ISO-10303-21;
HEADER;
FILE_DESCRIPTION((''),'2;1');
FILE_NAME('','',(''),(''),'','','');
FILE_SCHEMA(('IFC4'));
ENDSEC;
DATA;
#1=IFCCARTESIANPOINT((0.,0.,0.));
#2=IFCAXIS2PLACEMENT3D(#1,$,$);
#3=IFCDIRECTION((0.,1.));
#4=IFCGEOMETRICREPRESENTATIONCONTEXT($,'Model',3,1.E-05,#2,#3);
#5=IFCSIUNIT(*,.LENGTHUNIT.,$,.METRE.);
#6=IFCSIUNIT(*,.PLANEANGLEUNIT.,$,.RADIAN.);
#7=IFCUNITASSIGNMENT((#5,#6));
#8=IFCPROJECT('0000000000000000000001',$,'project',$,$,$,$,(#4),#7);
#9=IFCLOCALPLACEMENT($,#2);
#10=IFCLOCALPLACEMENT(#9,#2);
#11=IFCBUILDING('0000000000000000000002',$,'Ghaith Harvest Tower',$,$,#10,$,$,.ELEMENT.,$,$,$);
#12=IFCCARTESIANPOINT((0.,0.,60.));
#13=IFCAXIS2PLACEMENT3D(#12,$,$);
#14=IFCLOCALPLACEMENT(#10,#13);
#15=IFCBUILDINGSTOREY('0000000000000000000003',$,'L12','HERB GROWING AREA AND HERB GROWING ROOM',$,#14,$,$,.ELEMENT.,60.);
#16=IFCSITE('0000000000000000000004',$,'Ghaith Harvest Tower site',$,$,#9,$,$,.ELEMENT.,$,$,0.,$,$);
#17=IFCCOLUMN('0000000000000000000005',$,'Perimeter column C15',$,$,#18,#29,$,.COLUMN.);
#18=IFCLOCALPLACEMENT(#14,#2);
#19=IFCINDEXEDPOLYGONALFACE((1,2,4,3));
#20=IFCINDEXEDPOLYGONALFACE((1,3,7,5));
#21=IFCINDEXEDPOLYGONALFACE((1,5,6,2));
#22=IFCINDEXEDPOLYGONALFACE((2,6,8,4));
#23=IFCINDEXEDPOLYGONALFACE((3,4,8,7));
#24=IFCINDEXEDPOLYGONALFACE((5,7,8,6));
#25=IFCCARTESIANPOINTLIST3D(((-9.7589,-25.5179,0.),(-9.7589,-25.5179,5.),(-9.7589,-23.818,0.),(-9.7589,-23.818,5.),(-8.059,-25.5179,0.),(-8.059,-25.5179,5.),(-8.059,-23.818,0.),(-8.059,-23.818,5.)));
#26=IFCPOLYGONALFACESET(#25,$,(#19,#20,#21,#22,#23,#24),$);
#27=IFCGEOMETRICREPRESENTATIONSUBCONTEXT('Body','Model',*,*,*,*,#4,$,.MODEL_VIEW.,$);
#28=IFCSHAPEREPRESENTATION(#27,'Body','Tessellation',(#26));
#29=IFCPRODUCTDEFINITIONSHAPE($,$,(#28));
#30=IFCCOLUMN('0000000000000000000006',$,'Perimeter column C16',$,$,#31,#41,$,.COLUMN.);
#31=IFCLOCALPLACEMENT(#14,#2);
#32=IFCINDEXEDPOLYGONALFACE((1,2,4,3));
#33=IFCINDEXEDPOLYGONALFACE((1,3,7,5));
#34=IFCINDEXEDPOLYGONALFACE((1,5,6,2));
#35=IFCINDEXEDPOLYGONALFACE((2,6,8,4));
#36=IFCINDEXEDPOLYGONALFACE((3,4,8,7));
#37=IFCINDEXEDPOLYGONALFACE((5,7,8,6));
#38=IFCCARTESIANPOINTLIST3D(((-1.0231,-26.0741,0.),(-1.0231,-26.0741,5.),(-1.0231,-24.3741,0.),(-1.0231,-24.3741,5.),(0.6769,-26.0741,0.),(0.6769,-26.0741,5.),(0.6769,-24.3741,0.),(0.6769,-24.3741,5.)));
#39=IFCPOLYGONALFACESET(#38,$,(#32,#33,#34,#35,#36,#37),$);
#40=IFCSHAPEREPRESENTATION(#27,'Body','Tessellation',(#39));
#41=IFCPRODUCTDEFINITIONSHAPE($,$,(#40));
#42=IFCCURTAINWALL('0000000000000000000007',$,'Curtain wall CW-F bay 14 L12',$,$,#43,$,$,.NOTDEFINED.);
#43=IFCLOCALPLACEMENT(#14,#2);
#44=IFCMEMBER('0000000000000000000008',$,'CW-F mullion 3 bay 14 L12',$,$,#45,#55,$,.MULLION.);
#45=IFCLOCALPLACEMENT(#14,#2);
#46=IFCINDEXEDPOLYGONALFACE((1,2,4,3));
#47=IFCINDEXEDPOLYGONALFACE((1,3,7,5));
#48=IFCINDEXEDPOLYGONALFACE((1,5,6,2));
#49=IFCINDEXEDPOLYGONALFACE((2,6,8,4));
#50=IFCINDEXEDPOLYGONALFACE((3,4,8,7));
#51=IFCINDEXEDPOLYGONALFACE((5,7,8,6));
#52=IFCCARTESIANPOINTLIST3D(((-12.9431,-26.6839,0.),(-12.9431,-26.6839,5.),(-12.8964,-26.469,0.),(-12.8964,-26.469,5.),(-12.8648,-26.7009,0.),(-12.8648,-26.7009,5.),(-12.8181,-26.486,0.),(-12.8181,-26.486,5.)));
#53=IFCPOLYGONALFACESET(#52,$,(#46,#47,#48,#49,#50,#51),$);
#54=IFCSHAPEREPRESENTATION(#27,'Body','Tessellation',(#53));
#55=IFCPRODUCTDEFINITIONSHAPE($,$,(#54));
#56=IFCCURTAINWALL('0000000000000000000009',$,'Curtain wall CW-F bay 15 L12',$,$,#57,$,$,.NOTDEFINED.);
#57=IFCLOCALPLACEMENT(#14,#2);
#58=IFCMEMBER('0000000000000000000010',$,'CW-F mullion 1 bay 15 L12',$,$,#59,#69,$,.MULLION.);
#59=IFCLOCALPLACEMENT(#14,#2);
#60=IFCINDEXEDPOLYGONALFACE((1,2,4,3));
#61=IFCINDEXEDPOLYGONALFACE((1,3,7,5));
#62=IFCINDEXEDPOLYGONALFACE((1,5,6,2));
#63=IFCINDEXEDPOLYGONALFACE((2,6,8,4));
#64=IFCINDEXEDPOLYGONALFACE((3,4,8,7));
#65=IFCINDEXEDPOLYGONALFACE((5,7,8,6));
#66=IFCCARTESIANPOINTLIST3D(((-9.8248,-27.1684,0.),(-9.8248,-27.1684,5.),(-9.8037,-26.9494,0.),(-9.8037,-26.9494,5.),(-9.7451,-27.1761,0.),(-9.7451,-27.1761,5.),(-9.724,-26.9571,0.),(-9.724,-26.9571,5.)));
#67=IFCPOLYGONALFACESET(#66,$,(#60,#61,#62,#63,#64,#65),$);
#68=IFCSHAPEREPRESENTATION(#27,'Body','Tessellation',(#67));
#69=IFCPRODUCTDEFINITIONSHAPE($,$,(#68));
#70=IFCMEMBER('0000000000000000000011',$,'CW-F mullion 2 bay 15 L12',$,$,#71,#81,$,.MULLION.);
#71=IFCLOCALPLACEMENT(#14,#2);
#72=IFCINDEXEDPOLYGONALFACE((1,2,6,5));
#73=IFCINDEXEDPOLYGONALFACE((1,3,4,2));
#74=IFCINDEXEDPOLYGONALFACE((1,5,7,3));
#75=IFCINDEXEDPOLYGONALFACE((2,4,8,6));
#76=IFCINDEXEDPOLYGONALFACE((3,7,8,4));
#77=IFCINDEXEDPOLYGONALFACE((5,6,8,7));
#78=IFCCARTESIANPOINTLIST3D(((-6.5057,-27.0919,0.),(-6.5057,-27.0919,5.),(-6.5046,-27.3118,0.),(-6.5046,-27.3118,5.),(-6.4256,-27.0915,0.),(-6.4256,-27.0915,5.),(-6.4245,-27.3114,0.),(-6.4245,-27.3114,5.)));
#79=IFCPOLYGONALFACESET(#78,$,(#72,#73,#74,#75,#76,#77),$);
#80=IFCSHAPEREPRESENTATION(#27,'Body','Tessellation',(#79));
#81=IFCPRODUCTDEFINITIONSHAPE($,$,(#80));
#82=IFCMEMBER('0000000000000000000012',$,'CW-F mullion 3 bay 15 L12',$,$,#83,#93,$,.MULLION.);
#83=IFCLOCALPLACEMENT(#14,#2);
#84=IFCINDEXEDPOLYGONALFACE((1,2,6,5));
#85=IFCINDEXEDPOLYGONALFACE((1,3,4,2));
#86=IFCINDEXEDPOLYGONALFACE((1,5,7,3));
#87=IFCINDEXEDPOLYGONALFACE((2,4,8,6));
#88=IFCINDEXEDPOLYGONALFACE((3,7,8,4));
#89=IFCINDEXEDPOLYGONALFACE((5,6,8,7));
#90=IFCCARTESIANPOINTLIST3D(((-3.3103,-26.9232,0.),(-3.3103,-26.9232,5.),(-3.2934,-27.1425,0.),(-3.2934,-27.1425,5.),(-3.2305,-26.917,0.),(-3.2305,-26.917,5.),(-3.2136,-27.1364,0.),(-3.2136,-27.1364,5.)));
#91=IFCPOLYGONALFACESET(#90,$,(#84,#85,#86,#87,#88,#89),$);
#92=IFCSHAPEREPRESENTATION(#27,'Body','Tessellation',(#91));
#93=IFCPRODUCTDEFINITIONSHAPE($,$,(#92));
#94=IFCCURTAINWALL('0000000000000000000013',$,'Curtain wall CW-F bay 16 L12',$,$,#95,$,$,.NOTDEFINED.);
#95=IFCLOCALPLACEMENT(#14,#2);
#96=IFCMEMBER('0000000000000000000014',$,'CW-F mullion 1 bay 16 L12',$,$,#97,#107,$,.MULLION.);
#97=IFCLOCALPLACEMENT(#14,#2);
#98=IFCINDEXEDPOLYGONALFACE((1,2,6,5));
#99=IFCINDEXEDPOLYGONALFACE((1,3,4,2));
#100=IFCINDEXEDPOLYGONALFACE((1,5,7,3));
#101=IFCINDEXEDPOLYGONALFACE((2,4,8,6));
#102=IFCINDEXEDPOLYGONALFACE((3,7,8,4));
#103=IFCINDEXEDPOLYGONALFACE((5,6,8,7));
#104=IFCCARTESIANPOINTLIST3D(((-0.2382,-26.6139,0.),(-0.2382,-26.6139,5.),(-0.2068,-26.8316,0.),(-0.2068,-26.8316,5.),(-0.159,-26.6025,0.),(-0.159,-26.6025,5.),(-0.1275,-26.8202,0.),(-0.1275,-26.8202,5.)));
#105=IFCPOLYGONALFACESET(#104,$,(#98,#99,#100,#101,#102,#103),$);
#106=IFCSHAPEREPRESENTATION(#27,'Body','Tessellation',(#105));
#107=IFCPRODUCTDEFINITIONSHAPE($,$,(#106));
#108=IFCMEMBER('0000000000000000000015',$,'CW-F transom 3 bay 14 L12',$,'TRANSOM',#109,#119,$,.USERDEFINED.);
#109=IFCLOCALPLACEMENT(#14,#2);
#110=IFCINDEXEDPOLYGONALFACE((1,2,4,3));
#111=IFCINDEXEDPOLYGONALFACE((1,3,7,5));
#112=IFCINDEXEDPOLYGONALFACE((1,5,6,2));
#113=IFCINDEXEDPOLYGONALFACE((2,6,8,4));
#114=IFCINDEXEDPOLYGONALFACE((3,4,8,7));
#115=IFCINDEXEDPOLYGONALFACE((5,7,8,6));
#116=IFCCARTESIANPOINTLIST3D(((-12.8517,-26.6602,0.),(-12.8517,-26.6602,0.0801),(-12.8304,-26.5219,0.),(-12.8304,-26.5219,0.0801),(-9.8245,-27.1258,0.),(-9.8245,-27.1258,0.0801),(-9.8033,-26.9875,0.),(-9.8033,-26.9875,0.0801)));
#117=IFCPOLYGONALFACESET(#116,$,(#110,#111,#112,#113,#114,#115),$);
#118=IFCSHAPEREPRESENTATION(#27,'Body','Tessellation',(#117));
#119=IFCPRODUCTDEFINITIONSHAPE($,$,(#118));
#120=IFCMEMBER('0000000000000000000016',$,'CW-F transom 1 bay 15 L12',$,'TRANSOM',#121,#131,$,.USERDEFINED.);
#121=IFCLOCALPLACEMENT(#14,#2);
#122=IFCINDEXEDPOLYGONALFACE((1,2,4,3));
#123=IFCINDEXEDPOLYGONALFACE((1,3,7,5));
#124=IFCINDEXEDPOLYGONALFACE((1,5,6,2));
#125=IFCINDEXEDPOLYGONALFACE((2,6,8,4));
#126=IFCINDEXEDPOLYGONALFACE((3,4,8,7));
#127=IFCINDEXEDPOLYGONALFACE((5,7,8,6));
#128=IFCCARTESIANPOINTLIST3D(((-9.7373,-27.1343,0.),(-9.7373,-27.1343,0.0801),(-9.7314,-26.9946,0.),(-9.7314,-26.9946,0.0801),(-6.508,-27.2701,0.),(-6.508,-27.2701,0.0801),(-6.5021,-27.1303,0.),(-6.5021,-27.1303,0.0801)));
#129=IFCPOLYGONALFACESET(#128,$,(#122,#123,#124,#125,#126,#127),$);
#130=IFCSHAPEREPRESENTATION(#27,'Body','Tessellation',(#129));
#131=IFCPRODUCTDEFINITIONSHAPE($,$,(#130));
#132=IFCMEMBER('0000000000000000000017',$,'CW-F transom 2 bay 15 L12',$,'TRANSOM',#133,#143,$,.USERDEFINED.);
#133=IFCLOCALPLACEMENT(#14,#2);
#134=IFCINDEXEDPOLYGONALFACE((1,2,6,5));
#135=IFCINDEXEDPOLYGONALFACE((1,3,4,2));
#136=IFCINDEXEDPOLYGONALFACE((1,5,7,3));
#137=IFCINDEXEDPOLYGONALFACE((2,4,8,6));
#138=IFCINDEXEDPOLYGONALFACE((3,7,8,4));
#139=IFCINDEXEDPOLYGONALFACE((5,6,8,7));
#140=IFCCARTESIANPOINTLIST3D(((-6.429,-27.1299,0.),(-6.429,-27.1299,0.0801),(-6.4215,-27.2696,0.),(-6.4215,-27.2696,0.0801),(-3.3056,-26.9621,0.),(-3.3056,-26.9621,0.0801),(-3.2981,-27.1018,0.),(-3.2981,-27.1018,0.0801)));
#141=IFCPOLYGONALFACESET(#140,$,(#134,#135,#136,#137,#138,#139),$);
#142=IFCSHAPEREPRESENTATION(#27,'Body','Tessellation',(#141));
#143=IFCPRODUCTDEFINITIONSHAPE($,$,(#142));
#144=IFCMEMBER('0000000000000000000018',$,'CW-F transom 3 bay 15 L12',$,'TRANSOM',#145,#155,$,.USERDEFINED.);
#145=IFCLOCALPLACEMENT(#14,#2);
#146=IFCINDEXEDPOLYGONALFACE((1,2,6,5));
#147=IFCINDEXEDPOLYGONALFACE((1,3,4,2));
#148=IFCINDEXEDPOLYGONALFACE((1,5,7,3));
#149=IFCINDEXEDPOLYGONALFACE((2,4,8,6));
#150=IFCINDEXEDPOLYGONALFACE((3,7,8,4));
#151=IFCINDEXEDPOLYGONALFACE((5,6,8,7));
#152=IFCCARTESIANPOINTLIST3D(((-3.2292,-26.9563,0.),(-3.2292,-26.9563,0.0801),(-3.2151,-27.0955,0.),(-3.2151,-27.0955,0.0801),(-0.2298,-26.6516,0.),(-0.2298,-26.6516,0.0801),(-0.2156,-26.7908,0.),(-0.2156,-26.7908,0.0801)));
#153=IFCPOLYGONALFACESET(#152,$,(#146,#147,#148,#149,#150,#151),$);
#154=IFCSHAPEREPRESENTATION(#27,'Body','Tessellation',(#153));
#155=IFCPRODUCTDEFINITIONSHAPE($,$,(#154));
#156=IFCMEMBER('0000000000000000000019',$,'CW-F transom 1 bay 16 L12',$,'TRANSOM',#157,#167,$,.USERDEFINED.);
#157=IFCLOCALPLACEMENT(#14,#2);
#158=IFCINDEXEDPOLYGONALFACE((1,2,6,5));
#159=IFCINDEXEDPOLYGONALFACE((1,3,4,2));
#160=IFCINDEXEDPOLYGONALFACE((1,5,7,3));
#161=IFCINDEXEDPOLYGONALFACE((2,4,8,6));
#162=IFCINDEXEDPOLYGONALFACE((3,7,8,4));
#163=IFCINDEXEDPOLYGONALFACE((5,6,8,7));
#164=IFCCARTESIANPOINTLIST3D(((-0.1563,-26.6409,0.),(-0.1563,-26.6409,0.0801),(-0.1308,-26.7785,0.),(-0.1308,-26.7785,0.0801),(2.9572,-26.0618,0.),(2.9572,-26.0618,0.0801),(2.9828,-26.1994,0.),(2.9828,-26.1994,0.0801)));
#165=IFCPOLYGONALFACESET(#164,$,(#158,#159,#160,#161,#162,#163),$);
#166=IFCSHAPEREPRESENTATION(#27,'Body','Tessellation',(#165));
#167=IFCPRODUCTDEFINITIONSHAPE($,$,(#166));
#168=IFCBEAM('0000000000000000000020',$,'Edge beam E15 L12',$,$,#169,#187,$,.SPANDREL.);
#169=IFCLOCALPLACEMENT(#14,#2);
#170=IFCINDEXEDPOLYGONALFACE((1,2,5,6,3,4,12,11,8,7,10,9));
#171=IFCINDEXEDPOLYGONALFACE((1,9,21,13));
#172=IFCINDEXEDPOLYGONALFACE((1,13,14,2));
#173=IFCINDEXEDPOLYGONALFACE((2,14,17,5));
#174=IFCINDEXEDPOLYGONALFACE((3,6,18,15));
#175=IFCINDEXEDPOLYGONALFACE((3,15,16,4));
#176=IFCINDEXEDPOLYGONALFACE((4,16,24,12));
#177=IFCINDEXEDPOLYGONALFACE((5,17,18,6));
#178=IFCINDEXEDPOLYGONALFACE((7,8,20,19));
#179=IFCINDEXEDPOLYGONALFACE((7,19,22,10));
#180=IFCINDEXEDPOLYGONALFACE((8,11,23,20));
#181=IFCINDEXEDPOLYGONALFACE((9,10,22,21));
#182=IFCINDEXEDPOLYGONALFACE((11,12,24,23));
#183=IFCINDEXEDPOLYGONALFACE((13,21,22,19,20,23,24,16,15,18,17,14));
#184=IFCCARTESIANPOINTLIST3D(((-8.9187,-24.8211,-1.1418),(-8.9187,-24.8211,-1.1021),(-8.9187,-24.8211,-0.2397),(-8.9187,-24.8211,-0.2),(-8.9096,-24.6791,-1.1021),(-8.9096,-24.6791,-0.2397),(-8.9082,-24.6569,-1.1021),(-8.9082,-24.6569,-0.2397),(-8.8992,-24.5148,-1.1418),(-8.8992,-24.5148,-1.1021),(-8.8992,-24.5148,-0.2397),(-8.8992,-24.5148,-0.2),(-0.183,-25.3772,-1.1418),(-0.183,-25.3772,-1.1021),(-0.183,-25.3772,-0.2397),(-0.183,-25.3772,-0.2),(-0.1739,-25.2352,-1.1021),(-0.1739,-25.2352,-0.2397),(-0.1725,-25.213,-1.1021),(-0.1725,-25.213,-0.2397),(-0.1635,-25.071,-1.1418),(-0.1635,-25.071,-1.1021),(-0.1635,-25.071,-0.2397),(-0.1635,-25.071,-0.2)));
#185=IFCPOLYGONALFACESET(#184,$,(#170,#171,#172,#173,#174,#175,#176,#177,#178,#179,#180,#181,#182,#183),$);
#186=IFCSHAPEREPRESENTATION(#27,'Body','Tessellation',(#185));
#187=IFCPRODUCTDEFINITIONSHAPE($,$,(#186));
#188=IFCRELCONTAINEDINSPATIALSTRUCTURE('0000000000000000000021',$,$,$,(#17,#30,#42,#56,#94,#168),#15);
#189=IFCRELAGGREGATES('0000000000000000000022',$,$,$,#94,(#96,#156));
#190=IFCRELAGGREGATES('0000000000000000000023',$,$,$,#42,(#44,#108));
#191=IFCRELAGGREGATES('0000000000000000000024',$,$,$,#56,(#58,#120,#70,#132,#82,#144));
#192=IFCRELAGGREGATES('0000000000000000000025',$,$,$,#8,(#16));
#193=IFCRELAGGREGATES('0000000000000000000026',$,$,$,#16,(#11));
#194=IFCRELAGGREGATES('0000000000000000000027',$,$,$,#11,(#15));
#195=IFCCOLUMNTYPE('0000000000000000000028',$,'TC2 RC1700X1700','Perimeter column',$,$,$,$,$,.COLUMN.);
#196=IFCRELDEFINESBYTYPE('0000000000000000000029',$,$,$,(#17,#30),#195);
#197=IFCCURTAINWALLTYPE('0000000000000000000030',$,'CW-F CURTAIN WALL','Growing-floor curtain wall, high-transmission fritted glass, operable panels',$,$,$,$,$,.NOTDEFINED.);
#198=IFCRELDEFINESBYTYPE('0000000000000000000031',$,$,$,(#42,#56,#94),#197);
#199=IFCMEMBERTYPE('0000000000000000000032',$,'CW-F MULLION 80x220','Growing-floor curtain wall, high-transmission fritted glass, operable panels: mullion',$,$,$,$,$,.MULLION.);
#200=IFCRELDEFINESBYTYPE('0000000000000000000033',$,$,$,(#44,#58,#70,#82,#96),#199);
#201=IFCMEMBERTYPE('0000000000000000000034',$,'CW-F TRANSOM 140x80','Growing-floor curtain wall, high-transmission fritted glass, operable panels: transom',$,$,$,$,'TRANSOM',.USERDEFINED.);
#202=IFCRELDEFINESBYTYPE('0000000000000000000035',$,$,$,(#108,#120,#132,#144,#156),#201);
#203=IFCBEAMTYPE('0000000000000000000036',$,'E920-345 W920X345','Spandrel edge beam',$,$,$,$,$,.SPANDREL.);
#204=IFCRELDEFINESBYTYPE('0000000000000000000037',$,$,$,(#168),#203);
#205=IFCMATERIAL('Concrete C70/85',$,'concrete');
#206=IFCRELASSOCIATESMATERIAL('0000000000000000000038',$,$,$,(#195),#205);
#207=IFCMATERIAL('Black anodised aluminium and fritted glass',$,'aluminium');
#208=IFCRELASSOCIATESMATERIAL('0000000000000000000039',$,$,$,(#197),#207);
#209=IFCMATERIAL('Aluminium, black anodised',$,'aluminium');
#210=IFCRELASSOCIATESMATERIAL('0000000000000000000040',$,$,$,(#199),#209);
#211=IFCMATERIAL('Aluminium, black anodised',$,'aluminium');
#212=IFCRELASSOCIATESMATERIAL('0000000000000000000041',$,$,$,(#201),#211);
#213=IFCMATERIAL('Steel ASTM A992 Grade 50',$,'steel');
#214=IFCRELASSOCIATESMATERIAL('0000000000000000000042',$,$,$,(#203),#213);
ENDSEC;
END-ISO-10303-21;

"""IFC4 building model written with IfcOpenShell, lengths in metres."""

from ifc_helpers import new_model, si_unit, direction, frame, origin, origin_2d, place, context, subcontext, project, spatial, rectangle, i_section, extrude, material, material_profile, profile_set, type_object, element, aggregate, save


model = new_model("IFC4")

# Units and contexts
model_context = context("Model", 3, precision=1e-05, world=origin(), true_north=direction((0.0, 1.0)))
body_context = subcontext(model_context, "Body", "Model", "MODEL_VIEW")
ifc_project = project(units=[si_unit("LENGTHUNIT", "METRE"), si_unit("PLANEANGLEUNIT", "RADIAN")], contexts=[model_context])

# Site, building, storey
site_placement = place(None, origin())
site = spatial("IfcSite", under=ifc_project, at=site_placement, Name="Ghaith Harvest Tower site", CompositionType="ELEMENT", RefElevation=0.0)
building_placement = place(site_placement, origin())
building = spatial("IfcBuilding", under=site, at=building_placement, Name="Ghaith Harvest Tower", CompositionType="ELEMENT")
storey_placement = place(building_placement, frame((0.0, 0.0, 60.0)))
storey = spatial("IfcBuildingStorey", under=building, at=storey_placement, Name="L12", Description="HERB GROWING AREA AND HERB GROWING ROOM", CompositionType="ELEMENT", Elevation=60.0)

# Columns
ifc_material_1 = material(Name="Concrete C70/85", Category="concrete")
ifc_material_profile_1 = material_profile(ifc_material_1, rectangle(XDim=1.7, YDim=1.7, at=origin_2d()), Name="RC1700X1700")
ifc_profile_set_1 = profile_set([ifc_material_profile_1], Name="Concrete C70/85")
column_type = type_object("IfcColumnType", Name="TC2 RC1700X1700", Description="Perimeter column", PredefinedType="COLUMN", material=ifc_profile_set_1)
for number, where, z_axis, x_axis, name in (
    (1, (-8.9089, -24.668, 0.0), (0.0, 0.0, 1.0), (1.0, 0.0, 0.0), "Perimeter column C15"),
    (2, (-0.1731, -25.2241, 0.0), (0.0, 0.0, 1.0), (1.0, 0.0, 0.0), "Perimeter column C16"),
):
    element("IfcColumn", number, at=place(storey_placement, frame(where, z_axis=z_axis, x_axis=x_axis)), inside=storey, type_object=column_type, Name=name, PredefinedType="COLUMN", context=body_context, shape_type="SweptSolid", body=[
        extrude(rectangle(XDim=1.7, YDim=1.7, at=origin_2d()), origin(), (0.0, 0.0, 1.0), 5.0),
    ])

# Curtain wall, member
ifc_material_2 = material(Name="Black anodised aluminium and fritted glass", Category="aluminium")
curtain_wall_type = type_object("IfcCurtainWallType", Name="CW-F CURTAIN WALL", Description="Growing-floor curtain wall, high-transmission fritted glass, operable panels", PredefinedType="NOTDEFINED", material=ifc_material_2)
curtain_wall_1_placement = place(storey_placement, origin())
curtain_wall_1 = element("IfcCurtainWall", 3, at=curtain_wall_1_placement, inside=storey, type_object=curtain_wall_type, Name="Curtain wall CW-F bay 14 L12", PredefinedType="NOTDEFINED")
ifc_material_3 = material(Name="Aluminium, black anodised", Category="aluminium")
ifc_material_profile_2 = material_profile(ifc_material_3, rectangle(XDim=0.0801, YDim=0.22, at=origin_2d()), Name="CW-F MULLION 80x220")
ifc_profile_set_2 = profile_set([ifc_material_profile_2], Name="Aluminium, black anodised")
member_type_1 = type_object("IfcMemberType", Name="CW-F MULLION 80x220", Description="Growing-floor curtain wall, high-transmission fritted glass, operable panels: mullion", PredefinedType="MULLION", material=ifc_profile_set_2)
member_1_placement = place(storey_placement, frame((-12.8806, -26.585, 0.0), z_axis=(0.0, 0.0, 1.0), x_axis=(0.977207, -0.212289, 0.0)))
member_1 = element("IfcMember", 4, at=member_1_placement, type_object=member_type_1, Name="CW-F mullion 3 bay 14 L12", PredefinedType="MULLION", context=body_context, shape_type="SweptSolid", body=[
    extrude(rectangle(XDim=0.0801, YDim=0.22, at=origin_2d()), origin(), (0.0, 0.0, 1.0), 5.0),
])

# Curtain wall, members
curtain_wall_2_placement = place(storey_placement, origin())
curtain_wall_2 = element("IfcCurtainWall", 5, at=curtain_wall_2_placement, inside=storey, type_object=curtain_wall_type, Name="Curtain wall CW-F bay 15 L12", PredefinedType="NOTDEFINED")
member_2_placement = place(storey_placement, frame((-9.7744, -27.0627, 0.0), z_axis=(0.0, 0.0, 1.0), x_axis=(0.995408, -0.095718, 0.0)))
member_2 = element("IfcMember", 6, at=member_2_placement, type_object=member_type_1, Name="CW-F mullion 1 bay 15 L12", PredefinedType="MULLION", context=body_context, shape_type="SweptSolid", body=[
    extrude(rectangle(XDim=0.0801, YDim=0.22, at=origin_2d()), origin(), (0.0, 0.0, 1.0), 5.0),
])
member_3_placement = place(storey_placement, frame((-6.4651, -27.2017, 0.0), z_axis=(0.0, 0.0, 1.0), x_axis=(0.999987, 0.005058, 0.0)))
member_3 = element("IfcMember", 7, at=member_3_placement, type_object=member_type_1, Name="CW-F mullion 2 bay 15 L12", PredefinedType="MULLION", context=body_context, shape_type="SweptSolid", body=[
    extrude(rectangle(XDim=0.0801, YDim=0.22, at=origin_2d()), origin(), (0.0, 0.0, 1.0), 5.0),
])
member_4_placement = place(storey_placement, frame((-3.262, -27.0298, 0.0), z_axis=(0.0, 0.0, 1.0), x_axis=(0.997038, 0.076917, 0.0)))
member_4 = element("IfcMember", 8, at=member_4_placement, type_object=member_type_1, Name="CW-F mullion 3 bay 15 L12", PredefinedType="MULLION", context=body_context, shape_type="SweptSolid", body=[
    extrude(rectangle(XDim=0.0801, YDim=0.22, at=origin_2d()), origin(), (0.0, 0.0, 1.0), 5.0),
])

# Curtain wall, member
curtain_wall_3_placement = place(storey_placement, origin())
curtain_wall_3 = element("IfcCurtainWall", 9, at=curtain_wall_3_placement, inside=storey, type_object=curtain_wall_type, Name="Curtain wall CW-F bay 16 L12", PredefinedType="NOTDEFINED")
member_5_placement = place(storey_placement, frame((-0.1829, -26.717, 0.0), z_axis=(0.0, 0.0, 1.0), x_axis=(0.989712, 0.143075, 0.0)))
member_5 = element("IfcMember", 10, at=member_5_placement, type_object=member_type_1, Name="CW-F mullion 1 bay 16 L12", PredefinedType="MULLION", context=body_context, shape_type="SweptSolid", body=[
    extrude(rectangle(XDim=0.0801, YDim=0.22, at=origin_2d()), origin(), (0.0, 0.0, 1.0), 5.0),
])

# Members
ifc_material_4 = material(Name="Aluminium, black anodised", Category="aluminium")
ifc_material_profile_3 = material_profile(ifc_material_4, rectangle(XDim=0.1399, YDim=0.0801, at=origin_2d()), Name="CW-F TRANSOM 140x80")
ifc_profile_set_3 = profile_set([ifc_material_profile_3], Name="Aluminium, black anodised")
member_type_2 = type_object("IfcMemberType", Name="CW-F TRANSOM 140x80", Description="Growing-floor curtain wall, high-transmission fritted glass, operable panels: transom", ElementType="TRANSOM", PredefinedType="USERDEFINED", material=ifc_profile_set_3)
member_6_placement = place(storey_placement, frame((-12.8411, -26.5911, 0.04), z_axis=(0.988378, -0.152015, 0.0), x_axis=(0.152015, 0.988378, 0.0)))
member_6 = element("IfcMember", 11, at=member_6_placement, type_object=member_type_2, Name="CW-F transom 3 bay 14 L12", ObjectType="TRANSOM", PredefinedType="USERDEFINED", context=body_context, shape_type="SweptSolid", body=[
    extrude(rectangle(XDim=0.1399, YDim=0.0801, at=origin_2d()), origin(), (0.0, 0.0, 1.0), 3.0627),
])
member_7_placement = place(storey_placement, frame((-9.7344, -27.0645, 0.04), z_axis=(0.999118, -0.041998, 0.0), x_axis=(0.041998, 0.999118, 0.0)))
member_7 = element("IfcMember", 12, at=member_7_placement, type_object=member_type_2, Name="CW-F transom 1 bay 15 L12", ObjectType="TRANSOM", PredefinedType="USERDEFINED", context=body_context, shape_type="SweptSolid", body=[
    extrude(rectangle(XDim=0.1399, YDim=0.0801, at=origin_2d()), origin(), (0.0, 0.0, 1.0), 3.2322),
])
member_8_placement = place(storey_placement, frame((-6.4253, -27.1997, 0.04), z_axis=(0.998561, 0.05362, 0.0), x_axis=(-0.05362, 0.998561, 0.0)))
member_8 = element("IfcMember", 13, at=member_8_placement, type_object=member_type_2, Name="CW-F transom 2 bay 15 L12", ObjectType="TRANSOM", PredefinedType="USERDEFINED", context=body_context, shape_type="SweptSolid", body=[
    extrude(rectangle(XDim=0.1399, YDim=0.0801, at=origin_2d()), origin(), (0.0, 0.0, 1.0), 3.1279),
])
member_9_placement = place(storey_placement, frame((-3.2222, -27.0259, 0.04), z_axis=(0.99488, 0.101059, 0.0), x_axis=(-0.101059, 0.99488, 0.0)))
member_9 = element("IfcMember", 14, at=member_9_placement, type_object=member_type_2, Name="CW-F transom 3 bay 15 L12", ObjectType="TRANSOM", PredefinedType="USERDEFINED", context=body_context, shape_type="SweptSolid", body=[
    extrude(rectangle(XDim=0.1399, YDim=0.0801, at=origin_2d()), origin(), (0.0, 0.0, 1.0), 3.0149),
])
member_10_placement = place(storey_placement, frame((-0.1436, -26.7097, 0.04), z_axis=(0.983139, 0.182859, 0.0), x_axis=(-0.182859, 0.983139, 0.0)))
member_10 = element("IfcMember", 15, at=member_10_placement, type_object=member_type_2, Name="CW-F transom 1 bay 16 L12", ObjectType="TRANSOM", PredefinedType="USERDEFINED", context=body_context, shape_type="SweptSolid", body=[
    extrude(rectangle(XDim=0.1399, YDim=0.0801, at=origin_2d()), origin(), (0.0, 0.0, 1.0), 3.167),
])
aggregate(curtain_wall_3, [member_5, member_10])

# Beam
ifc_material_5 = material(Name="Steel ASTM A992 Grade 50", Category="steel")
ifc_material_profile_4 = material_profile(ifc_material_5, i_section(OverallWidth=0.3069, OverallDepth=0.9419, WebThickness=0.0222, FlangeThickness=0.0398, at=origin_2d()), Name="W920X345")
ifc_profile_set_4 = profile_set([ifc_material_profile_4], Name="Steel ASTM A992 Grade 50")
beam_type_1 = type_object("IfcBeamType", Name="E920-345 W920X345", Description="Spandrel edge beam", PredefinedType="SPANDREL", material=ifc_profile_set_4)
beam_1_placement = place(storey_placement, frame((-8.9089, -24.668, -0.6709), z_axis=(0.99798, -0.063535, 0.0), x_axis=(0.063535, 0.99798, 0.0)))
element("IfcBeam", 16, at=beam_1_placement, inside=storey, type_object=beam_type_1, Name="Edge beam E15 L12", PredefinedType="SPANDREL", context=body_context, shape_type="SweptSolid", body=[
    extrude(i_section(OverallWidth=0.3069, OverallDepth=0.9419, WebThickness=0.0222, FlangeThickness=0.0398, at=origin_2d()), origin(), (0.0, 0.0, 1.0), 8.7534),
])

aggregate(curtain_wall_1, [member_1, member_6])
aggregate(curtain_wall_2, [member_2, member_7, member_3, member_8, member_4, member_9])

save(model, "model.ifc")
